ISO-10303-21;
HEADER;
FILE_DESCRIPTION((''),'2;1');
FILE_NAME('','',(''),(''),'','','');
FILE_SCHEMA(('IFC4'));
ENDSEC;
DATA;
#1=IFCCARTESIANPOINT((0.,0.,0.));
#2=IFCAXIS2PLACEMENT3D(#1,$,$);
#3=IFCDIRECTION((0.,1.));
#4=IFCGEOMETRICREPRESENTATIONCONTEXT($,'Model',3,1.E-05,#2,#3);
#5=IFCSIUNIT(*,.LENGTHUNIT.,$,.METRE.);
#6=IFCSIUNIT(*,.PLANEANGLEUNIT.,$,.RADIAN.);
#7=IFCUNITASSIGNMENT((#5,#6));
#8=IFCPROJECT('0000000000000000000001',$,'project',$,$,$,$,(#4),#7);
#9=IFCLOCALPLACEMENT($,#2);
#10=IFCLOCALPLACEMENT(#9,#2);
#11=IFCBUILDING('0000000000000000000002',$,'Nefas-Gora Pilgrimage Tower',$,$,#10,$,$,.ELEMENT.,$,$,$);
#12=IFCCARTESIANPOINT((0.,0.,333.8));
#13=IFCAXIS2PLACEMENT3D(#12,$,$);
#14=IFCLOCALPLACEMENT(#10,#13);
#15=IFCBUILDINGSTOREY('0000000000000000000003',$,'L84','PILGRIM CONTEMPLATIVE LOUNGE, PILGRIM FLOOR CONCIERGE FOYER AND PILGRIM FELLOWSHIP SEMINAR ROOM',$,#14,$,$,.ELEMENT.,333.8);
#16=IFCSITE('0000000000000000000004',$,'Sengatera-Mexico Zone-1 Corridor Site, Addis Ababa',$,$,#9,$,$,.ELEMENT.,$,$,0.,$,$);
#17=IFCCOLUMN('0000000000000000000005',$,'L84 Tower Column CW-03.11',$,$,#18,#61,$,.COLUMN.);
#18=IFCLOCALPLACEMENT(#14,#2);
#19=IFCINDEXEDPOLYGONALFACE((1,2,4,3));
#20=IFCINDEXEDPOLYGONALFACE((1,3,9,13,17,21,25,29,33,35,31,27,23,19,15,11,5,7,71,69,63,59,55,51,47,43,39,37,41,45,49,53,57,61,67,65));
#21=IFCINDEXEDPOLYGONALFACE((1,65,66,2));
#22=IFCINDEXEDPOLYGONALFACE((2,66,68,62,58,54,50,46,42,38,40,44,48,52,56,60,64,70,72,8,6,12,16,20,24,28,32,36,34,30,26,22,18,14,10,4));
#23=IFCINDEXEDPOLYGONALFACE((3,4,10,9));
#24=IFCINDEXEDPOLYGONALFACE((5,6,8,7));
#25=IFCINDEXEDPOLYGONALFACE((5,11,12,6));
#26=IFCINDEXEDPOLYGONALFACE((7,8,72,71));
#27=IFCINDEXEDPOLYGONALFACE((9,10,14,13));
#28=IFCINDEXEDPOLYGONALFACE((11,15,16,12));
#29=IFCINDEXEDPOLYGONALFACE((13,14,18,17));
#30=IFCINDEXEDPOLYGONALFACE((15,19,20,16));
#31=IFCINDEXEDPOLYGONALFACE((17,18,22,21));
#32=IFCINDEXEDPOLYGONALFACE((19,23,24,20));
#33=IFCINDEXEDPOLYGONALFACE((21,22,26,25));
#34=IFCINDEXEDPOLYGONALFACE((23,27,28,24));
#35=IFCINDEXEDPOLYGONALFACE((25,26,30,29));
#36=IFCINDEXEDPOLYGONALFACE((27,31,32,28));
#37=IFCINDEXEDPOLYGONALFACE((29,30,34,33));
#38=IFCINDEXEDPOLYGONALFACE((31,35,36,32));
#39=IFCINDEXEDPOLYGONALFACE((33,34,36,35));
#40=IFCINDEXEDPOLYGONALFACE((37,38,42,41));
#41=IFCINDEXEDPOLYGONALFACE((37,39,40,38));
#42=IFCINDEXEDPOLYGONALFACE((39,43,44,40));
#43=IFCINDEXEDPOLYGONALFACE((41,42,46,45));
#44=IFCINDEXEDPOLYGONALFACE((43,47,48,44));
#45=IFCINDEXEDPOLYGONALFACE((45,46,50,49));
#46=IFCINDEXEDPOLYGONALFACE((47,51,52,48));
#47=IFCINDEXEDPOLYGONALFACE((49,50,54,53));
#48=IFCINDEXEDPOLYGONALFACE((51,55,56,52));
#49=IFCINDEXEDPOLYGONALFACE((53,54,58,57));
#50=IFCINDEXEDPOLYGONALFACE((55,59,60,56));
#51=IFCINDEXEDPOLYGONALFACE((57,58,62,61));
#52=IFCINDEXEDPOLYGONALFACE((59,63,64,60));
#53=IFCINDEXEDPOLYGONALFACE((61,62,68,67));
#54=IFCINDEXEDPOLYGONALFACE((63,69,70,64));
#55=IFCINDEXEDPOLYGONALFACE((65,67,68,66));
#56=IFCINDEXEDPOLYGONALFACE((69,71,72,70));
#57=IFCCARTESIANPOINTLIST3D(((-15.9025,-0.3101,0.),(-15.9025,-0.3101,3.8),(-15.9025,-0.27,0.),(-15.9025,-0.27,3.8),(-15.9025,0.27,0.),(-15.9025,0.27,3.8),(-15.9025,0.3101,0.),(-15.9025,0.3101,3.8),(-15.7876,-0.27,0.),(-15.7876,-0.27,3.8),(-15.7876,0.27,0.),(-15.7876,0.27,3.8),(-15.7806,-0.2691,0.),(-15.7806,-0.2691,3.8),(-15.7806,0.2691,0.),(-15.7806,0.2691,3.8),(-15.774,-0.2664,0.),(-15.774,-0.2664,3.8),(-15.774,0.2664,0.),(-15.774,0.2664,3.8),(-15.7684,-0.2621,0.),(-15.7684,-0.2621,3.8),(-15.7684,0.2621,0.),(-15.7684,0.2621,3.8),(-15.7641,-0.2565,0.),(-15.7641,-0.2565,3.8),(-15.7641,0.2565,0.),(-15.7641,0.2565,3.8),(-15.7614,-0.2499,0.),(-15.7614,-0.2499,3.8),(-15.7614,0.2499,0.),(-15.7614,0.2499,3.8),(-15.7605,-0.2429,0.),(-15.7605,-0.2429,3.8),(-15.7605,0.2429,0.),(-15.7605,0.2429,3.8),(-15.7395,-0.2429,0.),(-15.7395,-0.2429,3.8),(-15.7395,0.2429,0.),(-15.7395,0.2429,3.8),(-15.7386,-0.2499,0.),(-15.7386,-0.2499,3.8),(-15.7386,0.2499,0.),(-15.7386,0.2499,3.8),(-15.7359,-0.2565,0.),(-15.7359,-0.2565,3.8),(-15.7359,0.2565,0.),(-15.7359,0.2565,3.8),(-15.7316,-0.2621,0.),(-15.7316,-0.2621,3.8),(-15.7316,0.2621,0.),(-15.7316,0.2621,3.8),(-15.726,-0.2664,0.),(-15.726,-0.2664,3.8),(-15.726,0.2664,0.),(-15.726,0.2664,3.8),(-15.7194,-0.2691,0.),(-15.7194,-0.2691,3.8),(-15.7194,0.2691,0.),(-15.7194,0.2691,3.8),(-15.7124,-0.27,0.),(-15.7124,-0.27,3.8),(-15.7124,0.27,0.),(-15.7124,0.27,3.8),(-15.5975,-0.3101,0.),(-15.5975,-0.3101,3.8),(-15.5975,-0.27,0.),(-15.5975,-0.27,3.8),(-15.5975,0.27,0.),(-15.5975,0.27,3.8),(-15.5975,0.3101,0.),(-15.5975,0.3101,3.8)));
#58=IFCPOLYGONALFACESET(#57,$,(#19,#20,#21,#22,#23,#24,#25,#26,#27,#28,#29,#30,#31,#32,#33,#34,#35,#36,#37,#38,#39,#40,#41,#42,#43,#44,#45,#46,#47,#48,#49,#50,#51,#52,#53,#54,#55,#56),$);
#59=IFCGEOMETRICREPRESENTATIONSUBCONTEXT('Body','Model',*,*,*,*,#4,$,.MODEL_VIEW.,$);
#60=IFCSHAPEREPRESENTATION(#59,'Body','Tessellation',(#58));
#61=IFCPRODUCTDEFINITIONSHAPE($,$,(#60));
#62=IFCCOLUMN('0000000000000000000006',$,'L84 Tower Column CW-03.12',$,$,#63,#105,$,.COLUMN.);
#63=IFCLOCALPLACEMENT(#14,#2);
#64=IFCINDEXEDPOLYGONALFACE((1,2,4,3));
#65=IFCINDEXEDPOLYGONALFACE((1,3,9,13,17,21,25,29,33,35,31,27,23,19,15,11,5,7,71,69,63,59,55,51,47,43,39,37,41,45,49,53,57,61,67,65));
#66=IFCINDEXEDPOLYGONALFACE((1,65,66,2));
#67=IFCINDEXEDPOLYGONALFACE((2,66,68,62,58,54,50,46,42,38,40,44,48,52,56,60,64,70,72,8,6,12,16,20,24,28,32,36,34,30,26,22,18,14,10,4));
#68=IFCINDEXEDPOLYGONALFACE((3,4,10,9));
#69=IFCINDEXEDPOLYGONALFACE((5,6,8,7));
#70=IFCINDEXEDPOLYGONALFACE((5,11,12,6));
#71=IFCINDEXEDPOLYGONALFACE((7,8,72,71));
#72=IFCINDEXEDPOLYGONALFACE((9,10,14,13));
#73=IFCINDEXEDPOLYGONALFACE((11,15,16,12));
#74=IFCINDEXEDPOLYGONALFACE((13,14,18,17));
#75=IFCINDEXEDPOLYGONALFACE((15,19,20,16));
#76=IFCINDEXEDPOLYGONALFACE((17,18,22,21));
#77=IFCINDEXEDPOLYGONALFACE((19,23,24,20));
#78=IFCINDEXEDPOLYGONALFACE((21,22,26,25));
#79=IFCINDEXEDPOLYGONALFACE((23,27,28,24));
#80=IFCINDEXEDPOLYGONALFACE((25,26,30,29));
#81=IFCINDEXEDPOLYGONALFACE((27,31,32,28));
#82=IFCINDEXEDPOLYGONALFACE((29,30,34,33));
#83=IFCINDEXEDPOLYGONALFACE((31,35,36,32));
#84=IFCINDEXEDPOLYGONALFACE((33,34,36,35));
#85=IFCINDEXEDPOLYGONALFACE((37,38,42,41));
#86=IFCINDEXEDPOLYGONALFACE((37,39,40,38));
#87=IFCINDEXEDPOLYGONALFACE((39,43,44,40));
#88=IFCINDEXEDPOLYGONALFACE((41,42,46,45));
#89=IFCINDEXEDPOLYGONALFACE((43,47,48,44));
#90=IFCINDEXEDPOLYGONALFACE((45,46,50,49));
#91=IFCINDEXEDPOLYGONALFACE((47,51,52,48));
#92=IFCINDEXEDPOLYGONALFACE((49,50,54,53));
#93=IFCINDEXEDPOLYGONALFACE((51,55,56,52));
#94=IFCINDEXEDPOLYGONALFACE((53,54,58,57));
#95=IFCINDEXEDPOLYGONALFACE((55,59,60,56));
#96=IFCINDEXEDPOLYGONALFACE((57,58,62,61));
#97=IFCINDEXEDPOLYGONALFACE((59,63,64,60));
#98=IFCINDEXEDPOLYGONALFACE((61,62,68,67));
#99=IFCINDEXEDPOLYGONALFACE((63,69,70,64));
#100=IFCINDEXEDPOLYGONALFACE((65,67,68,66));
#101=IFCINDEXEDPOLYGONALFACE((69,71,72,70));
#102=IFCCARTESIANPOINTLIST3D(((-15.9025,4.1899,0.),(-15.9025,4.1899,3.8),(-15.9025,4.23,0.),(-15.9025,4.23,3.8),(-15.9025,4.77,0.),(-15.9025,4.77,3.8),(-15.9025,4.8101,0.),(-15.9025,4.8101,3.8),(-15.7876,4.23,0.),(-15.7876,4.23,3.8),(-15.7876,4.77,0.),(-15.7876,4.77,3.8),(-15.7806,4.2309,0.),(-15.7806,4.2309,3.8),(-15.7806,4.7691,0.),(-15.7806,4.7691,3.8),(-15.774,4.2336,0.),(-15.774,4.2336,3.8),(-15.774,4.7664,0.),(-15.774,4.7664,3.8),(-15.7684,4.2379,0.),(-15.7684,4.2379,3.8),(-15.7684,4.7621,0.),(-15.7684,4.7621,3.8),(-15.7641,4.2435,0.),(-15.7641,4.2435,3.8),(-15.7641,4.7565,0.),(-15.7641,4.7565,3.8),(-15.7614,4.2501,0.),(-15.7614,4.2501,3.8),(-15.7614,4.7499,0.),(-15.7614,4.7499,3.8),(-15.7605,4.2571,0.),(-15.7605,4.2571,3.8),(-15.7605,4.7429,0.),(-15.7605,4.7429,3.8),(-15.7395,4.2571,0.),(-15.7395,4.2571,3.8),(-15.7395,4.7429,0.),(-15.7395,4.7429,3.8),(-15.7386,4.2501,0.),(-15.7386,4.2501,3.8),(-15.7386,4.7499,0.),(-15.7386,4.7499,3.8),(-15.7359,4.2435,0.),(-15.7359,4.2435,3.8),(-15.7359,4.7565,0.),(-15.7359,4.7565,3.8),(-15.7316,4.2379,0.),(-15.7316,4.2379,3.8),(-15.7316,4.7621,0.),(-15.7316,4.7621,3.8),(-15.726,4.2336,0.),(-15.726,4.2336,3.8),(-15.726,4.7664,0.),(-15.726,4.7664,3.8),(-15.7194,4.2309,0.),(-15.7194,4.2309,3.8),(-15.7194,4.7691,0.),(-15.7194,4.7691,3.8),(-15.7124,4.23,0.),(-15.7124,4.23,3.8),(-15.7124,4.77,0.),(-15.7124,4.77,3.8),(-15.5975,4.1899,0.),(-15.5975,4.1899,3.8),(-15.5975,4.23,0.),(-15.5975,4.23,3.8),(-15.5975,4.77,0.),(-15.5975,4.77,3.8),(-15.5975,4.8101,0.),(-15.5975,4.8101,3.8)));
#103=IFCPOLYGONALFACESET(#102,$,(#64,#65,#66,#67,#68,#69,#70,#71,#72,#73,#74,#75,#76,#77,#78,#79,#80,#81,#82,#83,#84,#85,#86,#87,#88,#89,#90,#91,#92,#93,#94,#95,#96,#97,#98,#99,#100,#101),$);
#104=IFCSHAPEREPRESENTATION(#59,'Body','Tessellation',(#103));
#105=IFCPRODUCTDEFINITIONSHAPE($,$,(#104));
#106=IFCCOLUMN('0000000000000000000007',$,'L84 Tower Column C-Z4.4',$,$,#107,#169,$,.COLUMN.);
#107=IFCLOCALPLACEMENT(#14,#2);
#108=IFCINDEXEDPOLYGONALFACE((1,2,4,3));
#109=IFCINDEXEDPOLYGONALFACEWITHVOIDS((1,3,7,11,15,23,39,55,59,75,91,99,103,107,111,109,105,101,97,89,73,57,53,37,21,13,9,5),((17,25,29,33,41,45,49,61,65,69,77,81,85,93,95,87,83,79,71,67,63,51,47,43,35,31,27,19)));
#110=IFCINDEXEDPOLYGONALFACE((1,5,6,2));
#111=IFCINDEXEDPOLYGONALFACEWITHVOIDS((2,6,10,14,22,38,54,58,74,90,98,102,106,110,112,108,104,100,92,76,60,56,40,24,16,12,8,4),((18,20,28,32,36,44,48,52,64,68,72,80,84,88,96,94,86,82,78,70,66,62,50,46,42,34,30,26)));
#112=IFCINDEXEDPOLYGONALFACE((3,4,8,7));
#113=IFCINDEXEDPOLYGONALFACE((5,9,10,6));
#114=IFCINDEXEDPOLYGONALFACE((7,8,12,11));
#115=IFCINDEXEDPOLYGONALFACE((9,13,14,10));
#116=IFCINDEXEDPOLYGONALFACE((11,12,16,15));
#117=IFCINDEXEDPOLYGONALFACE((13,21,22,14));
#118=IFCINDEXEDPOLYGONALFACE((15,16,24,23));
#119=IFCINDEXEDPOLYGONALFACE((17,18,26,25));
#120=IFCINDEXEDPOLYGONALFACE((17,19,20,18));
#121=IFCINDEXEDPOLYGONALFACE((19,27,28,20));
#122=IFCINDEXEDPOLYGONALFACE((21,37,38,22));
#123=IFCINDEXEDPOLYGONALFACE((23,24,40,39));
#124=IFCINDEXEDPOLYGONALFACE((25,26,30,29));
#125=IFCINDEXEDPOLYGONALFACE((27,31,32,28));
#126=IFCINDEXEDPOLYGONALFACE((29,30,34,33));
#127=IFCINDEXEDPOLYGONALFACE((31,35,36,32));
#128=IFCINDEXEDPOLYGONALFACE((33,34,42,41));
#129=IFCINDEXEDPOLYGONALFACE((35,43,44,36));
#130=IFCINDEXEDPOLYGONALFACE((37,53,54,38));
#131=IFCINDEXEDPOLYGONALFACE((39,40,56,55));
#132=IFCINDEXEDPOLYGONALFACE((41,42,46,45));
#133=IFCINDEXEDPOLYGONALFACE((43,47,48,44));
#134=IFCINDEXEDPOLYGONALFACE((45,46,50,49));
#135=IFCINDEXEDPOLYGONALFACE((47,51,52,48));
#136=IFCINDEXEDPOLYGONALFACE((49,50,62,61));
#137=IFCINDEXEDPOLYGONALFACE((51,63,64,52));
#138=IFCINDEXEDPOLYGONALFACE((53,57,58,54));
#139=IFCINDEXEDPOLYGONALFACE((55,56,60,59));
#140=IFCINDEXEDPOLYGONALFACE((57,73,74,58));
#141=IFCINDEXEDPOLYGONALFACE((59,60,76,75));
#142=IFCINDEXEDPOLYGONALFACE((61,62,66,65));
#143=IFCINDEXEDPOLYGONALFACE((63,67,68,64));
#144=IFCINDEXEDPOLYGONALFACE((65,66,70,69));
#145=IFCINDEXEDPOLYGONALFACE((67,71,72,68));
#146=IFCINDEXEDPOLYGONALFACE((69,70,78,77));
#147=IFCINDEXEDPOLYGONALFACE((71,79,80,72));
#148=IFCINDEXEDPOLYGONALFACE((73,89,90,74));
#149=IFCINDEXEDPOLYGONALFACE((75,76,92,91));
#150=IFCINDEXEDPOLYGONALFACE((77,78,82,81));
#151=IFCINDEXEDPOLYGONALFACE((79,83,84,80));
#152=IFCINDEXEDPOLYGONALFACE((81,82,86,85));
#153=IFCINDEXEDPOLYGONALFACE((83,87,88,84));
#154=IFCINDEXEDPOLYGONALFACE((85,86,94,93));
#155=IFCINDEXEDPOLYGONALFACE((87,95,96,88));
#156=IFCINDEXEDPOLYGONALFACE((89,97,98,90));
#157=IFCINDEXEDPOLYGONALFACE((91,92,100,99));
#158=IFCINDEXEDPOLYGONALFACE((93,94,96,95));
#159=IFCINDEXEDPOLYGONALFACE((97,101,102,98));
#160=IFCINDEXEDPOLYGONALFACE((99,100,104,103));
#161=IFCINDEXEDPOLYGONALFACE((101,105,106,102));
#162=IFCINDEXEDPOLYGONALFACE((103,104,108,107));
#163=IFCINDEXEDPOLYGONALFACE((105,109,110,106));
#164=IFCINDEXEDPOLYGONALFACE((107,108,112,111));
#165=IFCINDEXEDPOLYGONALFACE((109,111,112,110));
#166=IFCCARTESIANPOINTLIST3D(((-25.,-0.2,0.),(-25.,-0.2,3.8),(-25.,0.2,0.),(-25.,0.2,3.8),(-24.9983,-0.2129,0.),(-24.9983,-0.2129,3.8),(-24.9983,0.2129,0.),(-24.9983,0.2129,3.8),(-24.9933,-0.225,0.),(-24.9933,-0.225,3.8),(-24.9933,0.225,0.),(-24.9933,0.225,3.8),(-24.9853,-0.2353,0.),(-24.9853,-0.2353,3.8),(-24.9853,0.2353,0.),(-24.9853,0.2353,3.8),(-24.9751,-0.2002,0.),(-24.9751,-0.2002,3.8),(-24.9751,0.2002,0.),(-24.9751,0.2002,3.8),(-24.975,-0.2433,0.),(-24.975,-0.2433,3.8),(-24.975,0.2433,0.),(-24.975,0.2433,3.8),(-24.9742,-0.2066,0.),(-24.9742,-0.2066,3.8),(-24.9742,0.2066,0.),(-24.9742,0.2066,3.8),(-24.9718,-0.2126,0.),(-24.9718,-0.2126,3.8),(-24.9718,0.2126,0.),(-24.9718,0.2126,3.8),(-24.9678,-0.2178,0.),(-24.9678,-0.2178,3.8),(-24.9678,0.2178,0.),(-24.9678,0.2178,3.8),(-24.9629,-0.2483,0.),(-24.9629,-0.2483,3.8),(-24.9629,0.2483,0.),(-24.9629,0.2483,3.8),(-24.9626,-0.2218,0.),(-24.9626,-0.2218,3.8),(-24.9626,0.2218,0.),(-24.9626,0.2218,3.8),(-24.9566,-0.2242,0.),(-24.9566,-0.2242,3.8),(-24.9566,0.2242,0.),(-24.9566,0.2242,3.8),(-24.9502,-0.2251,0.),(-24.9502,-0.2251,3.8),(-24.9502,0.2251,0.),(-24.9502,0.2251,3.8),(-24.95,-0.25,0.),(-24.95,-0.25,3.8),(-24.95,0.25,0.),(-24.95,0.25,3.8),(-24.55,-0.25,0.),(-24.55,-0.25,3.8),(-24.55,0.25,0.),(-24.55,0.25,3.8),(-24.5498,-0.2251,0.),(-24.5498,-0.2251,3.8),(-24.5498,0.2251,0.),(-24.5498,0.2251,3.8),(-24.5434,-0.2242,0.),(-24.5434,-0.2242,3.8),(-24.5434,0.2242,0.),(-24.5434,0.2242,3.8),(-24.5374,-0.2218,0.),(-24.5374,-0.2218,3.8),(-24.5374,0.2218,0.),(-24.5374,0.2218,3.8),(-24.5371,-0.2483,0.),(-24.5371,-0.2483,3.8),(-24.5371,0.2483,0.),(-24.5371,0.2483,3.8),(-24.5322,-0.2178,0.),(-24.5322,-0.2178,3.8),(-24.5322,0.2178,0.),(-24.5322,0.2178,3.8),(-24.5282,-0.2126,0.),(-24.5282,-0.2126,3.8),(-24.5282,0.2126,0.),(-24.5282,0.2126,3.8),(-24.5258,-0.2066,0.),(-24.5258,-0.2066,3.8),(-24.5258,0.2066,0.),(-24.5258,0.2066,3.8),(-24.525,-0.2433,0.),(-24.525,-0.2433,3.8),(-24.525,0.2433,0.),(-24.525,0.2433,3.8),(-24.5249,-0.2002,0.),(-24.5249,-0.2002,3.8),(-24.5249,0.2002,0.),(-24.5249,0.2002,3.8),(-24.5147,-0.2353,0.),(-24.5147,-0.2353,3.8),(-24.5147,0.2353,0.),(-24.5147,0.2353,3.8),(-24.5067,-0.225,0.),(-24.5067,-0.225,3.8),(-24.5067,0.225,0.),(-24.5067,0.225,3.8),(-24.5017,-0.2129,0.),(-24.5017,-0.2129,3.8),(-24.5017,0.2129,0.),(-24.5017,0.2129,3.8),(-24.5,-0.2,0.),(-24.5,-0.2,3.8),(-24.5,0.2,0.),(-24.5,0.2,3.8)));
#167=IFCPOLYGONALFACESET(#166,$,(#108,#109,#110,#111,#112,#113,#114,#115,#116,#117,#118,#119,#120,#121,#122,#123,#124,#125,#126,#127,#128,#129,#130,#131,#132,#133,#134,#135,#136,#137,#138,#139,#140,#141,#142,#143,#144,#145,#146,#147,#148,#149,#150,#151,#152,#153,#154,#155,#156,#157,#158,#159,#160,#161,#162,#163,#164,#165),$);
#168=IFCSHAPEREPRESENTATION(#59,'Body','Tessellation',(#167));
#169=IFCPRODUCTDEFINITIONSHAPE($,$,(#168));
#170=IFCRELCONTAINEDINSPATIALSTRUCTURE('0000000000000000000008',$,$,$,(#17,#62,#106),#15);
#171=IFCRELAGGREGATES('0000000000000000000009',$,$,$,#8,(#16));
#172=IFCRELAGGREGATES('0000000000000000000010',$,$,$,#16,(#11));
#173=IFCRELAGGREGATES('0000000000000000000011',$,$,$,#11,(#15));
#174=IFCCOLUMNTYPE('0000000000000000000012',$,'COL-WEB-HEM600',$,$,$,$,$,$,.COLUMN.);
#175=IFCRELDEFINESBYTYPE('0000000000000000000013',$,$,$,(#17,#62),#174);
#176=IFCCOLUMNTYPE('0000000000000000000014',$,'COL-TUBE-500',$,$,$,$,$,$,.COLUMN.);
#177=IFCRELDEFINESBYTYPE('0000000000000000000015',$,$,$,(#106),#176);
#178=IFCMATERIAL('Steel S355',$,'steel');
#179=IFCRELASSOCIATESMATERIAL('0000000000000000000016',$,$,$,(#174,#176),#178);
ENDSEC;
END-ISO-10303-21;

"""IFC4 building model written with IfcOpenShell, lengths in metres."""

from ifc_helpers import new_model, si_unit, direction, frame, origin, origin_2d, place, context, subcontext, project, spatial, hollow_rectangle, i_section, extrude, source, transform, mapped, material, material_profile, profile_set, type_object, element, save


model = new_model("IFC4")

# Units and contexts
model_context = context("Model", 3, precision=1e-05, world=origin(), true_north=direction((0.0, 1.0)))
body_context = subcontext(model_context, "Body", "Model", "MODEL_VIEW")
ifc_project = project(units=[si_unit("LENGTHUNIT", "METRE"), si_unit("PLANEANGLEUNIT", "RADIAN")], contexts=[model_context])

# Site, building, storey
site_placement = place(None, origin())
site = spatial("IfcSite", under=ifc_project, at=site_placement, Name="Sengatera-Mexico Zone-1 Corridor Site, Addis Ababa", CompositionType="ELEMENT", RefElevation=0.0)
building_placement = place(site_placement, origin())
building = spatial("IfcBuilding", under=site, at=building_placement, Name="Nefas-Gora Pilgrimage Tower", CompositionType="ELEMENT")
storey_placement = place(building_placement, frame((0.0, 0.0, 333.8)))
storey = spatial("IfcBuildingStorey", under=building, at=storey_placement, Name="L84", Description="PILGRIM CONTEMPLATIVE LOUNGE, PILGRIM FLOOR CONCIERGE FOYER AND PILGRIM FELLOWSHIP SEMINAR ROOM", CompositionType="ELEMENT", Elevation=333.8)

# Columns
ifc_material_1 = material(Name="Steel S355", Category="steel")
ifc_material_profile_1 = material_profile(ifc_material_1, i_section(OverallWidth=0.3049, OverallDepth=0.6201, WebThickness=0.021, FlangeThickness=0.04, FilletRadius=0.0271, at=origin_2d()), Name="HEM 600")
ifc_profile_set_1 = profile_set([ifc_material_profile_1], Name="Steel S355")
column_type_1 = type_object("IfcColumnType", Name="COL-WEB-HEM600", PredefinedType="COLUMN", material=ifc_profile_set_1)
shared_shape_1 = source(origin(), body_context, "Body", "SweptSolid", [
    extrude(i_section(OverallWidth=0.3049, OverallDepth=0.6201, WebThickness=0.021, FlangeThickness=0.04, FilletRadius=0.0271, at=origin_2d()), origin(), (0.0, 0.0, 1.0), 3.8),
])
for number, where, z_axis, x_axis, name in (
    (1, (-15.75, 0.0, 0.0), (0.0, 0.0, 1.0), (1.0, 0.0, 0.0), "L84 Tower Column CW-03.11"),
    (2, (-15.75, 4.5, 0.0), (0.0, 0.0, 1.0), (1.0, 0.0, 0.0), "L84 Tower Column CW-03.12"),
):
    element("IfcColumn", number, at=place(storey_placement, frame(where, z_axis=z_axis, x_axis=x_axis)), inside=storey, type_object=column_type_1, Name=name, PredefinedType="COLUMN", context=body_context, shape_type="MappedRepresentation", body=[
        mapped(shared_shape_1, transform((0.0, 0.0, 0.0), x_axis=(1.0, 0.0, 0.0), y_axis=(0.0, 1.0, 0.0), z_axis=(0.0, 0.0, 1.0), scale=1.0)),
    ])
ifc_material_profile_2 = material_profile(ifc_material_1, hollow_rectangle(XDim=0.5, YDim=0.5, WallThickness=0.0249, InnerFilletRadius=0.0249, OuterFilletRadius=0.05, at=origin_2d()), Name="SHS 500x500x25")
ifc_profile_set_2 = profile_set([ifc_material_profile_2], Name="Steel S355")
column_type_2 = type_object("IfcColumnType", Name="COL-TUBE-500", PredefinedType="COLUMN", material=ifc_profile_set_2)
shared_shape_2 = source(origin(), body_context, "Body", "SweptSolid", [
    extrude(hollow_rectangle(XDim=0.5, YDim=0.5, WallThickness=0.0249, InnerFilletRadius=0.0249, OuterFilletRadius=0.05, at=origin_2d()), origin(), (0.0, 0.0, 1.0), 3.8),
])
for number, where, z_axis, x_axis, name in (
    (3, (-24.75, 0.0, 0.0), (0.0, 0.0, 1.0), (1.0, 0.0, 0.0), "L84 Tower Column C-Z4.4"),
):
    element("IfcColumn", number, at=place(storey_placement, frame(where, z_axis=z_axis, x_axis=x_axis)), inside=storey, type_object=column_type_2, Name=name, PredefinedType="COLUMN", context=body_context, shape_type="MappedRepresentation", body=[
        mapped(shared_shape_2, transform((0.0, 0.0, 0.0), x_axis=(1.0, 0.0, 0.0), y_axis=(0.0, 1.0, 0.0), z_axis=(0.0, 0.0, 1.0), scale=1.0)),
    ])

save(model, "model.ifc")
